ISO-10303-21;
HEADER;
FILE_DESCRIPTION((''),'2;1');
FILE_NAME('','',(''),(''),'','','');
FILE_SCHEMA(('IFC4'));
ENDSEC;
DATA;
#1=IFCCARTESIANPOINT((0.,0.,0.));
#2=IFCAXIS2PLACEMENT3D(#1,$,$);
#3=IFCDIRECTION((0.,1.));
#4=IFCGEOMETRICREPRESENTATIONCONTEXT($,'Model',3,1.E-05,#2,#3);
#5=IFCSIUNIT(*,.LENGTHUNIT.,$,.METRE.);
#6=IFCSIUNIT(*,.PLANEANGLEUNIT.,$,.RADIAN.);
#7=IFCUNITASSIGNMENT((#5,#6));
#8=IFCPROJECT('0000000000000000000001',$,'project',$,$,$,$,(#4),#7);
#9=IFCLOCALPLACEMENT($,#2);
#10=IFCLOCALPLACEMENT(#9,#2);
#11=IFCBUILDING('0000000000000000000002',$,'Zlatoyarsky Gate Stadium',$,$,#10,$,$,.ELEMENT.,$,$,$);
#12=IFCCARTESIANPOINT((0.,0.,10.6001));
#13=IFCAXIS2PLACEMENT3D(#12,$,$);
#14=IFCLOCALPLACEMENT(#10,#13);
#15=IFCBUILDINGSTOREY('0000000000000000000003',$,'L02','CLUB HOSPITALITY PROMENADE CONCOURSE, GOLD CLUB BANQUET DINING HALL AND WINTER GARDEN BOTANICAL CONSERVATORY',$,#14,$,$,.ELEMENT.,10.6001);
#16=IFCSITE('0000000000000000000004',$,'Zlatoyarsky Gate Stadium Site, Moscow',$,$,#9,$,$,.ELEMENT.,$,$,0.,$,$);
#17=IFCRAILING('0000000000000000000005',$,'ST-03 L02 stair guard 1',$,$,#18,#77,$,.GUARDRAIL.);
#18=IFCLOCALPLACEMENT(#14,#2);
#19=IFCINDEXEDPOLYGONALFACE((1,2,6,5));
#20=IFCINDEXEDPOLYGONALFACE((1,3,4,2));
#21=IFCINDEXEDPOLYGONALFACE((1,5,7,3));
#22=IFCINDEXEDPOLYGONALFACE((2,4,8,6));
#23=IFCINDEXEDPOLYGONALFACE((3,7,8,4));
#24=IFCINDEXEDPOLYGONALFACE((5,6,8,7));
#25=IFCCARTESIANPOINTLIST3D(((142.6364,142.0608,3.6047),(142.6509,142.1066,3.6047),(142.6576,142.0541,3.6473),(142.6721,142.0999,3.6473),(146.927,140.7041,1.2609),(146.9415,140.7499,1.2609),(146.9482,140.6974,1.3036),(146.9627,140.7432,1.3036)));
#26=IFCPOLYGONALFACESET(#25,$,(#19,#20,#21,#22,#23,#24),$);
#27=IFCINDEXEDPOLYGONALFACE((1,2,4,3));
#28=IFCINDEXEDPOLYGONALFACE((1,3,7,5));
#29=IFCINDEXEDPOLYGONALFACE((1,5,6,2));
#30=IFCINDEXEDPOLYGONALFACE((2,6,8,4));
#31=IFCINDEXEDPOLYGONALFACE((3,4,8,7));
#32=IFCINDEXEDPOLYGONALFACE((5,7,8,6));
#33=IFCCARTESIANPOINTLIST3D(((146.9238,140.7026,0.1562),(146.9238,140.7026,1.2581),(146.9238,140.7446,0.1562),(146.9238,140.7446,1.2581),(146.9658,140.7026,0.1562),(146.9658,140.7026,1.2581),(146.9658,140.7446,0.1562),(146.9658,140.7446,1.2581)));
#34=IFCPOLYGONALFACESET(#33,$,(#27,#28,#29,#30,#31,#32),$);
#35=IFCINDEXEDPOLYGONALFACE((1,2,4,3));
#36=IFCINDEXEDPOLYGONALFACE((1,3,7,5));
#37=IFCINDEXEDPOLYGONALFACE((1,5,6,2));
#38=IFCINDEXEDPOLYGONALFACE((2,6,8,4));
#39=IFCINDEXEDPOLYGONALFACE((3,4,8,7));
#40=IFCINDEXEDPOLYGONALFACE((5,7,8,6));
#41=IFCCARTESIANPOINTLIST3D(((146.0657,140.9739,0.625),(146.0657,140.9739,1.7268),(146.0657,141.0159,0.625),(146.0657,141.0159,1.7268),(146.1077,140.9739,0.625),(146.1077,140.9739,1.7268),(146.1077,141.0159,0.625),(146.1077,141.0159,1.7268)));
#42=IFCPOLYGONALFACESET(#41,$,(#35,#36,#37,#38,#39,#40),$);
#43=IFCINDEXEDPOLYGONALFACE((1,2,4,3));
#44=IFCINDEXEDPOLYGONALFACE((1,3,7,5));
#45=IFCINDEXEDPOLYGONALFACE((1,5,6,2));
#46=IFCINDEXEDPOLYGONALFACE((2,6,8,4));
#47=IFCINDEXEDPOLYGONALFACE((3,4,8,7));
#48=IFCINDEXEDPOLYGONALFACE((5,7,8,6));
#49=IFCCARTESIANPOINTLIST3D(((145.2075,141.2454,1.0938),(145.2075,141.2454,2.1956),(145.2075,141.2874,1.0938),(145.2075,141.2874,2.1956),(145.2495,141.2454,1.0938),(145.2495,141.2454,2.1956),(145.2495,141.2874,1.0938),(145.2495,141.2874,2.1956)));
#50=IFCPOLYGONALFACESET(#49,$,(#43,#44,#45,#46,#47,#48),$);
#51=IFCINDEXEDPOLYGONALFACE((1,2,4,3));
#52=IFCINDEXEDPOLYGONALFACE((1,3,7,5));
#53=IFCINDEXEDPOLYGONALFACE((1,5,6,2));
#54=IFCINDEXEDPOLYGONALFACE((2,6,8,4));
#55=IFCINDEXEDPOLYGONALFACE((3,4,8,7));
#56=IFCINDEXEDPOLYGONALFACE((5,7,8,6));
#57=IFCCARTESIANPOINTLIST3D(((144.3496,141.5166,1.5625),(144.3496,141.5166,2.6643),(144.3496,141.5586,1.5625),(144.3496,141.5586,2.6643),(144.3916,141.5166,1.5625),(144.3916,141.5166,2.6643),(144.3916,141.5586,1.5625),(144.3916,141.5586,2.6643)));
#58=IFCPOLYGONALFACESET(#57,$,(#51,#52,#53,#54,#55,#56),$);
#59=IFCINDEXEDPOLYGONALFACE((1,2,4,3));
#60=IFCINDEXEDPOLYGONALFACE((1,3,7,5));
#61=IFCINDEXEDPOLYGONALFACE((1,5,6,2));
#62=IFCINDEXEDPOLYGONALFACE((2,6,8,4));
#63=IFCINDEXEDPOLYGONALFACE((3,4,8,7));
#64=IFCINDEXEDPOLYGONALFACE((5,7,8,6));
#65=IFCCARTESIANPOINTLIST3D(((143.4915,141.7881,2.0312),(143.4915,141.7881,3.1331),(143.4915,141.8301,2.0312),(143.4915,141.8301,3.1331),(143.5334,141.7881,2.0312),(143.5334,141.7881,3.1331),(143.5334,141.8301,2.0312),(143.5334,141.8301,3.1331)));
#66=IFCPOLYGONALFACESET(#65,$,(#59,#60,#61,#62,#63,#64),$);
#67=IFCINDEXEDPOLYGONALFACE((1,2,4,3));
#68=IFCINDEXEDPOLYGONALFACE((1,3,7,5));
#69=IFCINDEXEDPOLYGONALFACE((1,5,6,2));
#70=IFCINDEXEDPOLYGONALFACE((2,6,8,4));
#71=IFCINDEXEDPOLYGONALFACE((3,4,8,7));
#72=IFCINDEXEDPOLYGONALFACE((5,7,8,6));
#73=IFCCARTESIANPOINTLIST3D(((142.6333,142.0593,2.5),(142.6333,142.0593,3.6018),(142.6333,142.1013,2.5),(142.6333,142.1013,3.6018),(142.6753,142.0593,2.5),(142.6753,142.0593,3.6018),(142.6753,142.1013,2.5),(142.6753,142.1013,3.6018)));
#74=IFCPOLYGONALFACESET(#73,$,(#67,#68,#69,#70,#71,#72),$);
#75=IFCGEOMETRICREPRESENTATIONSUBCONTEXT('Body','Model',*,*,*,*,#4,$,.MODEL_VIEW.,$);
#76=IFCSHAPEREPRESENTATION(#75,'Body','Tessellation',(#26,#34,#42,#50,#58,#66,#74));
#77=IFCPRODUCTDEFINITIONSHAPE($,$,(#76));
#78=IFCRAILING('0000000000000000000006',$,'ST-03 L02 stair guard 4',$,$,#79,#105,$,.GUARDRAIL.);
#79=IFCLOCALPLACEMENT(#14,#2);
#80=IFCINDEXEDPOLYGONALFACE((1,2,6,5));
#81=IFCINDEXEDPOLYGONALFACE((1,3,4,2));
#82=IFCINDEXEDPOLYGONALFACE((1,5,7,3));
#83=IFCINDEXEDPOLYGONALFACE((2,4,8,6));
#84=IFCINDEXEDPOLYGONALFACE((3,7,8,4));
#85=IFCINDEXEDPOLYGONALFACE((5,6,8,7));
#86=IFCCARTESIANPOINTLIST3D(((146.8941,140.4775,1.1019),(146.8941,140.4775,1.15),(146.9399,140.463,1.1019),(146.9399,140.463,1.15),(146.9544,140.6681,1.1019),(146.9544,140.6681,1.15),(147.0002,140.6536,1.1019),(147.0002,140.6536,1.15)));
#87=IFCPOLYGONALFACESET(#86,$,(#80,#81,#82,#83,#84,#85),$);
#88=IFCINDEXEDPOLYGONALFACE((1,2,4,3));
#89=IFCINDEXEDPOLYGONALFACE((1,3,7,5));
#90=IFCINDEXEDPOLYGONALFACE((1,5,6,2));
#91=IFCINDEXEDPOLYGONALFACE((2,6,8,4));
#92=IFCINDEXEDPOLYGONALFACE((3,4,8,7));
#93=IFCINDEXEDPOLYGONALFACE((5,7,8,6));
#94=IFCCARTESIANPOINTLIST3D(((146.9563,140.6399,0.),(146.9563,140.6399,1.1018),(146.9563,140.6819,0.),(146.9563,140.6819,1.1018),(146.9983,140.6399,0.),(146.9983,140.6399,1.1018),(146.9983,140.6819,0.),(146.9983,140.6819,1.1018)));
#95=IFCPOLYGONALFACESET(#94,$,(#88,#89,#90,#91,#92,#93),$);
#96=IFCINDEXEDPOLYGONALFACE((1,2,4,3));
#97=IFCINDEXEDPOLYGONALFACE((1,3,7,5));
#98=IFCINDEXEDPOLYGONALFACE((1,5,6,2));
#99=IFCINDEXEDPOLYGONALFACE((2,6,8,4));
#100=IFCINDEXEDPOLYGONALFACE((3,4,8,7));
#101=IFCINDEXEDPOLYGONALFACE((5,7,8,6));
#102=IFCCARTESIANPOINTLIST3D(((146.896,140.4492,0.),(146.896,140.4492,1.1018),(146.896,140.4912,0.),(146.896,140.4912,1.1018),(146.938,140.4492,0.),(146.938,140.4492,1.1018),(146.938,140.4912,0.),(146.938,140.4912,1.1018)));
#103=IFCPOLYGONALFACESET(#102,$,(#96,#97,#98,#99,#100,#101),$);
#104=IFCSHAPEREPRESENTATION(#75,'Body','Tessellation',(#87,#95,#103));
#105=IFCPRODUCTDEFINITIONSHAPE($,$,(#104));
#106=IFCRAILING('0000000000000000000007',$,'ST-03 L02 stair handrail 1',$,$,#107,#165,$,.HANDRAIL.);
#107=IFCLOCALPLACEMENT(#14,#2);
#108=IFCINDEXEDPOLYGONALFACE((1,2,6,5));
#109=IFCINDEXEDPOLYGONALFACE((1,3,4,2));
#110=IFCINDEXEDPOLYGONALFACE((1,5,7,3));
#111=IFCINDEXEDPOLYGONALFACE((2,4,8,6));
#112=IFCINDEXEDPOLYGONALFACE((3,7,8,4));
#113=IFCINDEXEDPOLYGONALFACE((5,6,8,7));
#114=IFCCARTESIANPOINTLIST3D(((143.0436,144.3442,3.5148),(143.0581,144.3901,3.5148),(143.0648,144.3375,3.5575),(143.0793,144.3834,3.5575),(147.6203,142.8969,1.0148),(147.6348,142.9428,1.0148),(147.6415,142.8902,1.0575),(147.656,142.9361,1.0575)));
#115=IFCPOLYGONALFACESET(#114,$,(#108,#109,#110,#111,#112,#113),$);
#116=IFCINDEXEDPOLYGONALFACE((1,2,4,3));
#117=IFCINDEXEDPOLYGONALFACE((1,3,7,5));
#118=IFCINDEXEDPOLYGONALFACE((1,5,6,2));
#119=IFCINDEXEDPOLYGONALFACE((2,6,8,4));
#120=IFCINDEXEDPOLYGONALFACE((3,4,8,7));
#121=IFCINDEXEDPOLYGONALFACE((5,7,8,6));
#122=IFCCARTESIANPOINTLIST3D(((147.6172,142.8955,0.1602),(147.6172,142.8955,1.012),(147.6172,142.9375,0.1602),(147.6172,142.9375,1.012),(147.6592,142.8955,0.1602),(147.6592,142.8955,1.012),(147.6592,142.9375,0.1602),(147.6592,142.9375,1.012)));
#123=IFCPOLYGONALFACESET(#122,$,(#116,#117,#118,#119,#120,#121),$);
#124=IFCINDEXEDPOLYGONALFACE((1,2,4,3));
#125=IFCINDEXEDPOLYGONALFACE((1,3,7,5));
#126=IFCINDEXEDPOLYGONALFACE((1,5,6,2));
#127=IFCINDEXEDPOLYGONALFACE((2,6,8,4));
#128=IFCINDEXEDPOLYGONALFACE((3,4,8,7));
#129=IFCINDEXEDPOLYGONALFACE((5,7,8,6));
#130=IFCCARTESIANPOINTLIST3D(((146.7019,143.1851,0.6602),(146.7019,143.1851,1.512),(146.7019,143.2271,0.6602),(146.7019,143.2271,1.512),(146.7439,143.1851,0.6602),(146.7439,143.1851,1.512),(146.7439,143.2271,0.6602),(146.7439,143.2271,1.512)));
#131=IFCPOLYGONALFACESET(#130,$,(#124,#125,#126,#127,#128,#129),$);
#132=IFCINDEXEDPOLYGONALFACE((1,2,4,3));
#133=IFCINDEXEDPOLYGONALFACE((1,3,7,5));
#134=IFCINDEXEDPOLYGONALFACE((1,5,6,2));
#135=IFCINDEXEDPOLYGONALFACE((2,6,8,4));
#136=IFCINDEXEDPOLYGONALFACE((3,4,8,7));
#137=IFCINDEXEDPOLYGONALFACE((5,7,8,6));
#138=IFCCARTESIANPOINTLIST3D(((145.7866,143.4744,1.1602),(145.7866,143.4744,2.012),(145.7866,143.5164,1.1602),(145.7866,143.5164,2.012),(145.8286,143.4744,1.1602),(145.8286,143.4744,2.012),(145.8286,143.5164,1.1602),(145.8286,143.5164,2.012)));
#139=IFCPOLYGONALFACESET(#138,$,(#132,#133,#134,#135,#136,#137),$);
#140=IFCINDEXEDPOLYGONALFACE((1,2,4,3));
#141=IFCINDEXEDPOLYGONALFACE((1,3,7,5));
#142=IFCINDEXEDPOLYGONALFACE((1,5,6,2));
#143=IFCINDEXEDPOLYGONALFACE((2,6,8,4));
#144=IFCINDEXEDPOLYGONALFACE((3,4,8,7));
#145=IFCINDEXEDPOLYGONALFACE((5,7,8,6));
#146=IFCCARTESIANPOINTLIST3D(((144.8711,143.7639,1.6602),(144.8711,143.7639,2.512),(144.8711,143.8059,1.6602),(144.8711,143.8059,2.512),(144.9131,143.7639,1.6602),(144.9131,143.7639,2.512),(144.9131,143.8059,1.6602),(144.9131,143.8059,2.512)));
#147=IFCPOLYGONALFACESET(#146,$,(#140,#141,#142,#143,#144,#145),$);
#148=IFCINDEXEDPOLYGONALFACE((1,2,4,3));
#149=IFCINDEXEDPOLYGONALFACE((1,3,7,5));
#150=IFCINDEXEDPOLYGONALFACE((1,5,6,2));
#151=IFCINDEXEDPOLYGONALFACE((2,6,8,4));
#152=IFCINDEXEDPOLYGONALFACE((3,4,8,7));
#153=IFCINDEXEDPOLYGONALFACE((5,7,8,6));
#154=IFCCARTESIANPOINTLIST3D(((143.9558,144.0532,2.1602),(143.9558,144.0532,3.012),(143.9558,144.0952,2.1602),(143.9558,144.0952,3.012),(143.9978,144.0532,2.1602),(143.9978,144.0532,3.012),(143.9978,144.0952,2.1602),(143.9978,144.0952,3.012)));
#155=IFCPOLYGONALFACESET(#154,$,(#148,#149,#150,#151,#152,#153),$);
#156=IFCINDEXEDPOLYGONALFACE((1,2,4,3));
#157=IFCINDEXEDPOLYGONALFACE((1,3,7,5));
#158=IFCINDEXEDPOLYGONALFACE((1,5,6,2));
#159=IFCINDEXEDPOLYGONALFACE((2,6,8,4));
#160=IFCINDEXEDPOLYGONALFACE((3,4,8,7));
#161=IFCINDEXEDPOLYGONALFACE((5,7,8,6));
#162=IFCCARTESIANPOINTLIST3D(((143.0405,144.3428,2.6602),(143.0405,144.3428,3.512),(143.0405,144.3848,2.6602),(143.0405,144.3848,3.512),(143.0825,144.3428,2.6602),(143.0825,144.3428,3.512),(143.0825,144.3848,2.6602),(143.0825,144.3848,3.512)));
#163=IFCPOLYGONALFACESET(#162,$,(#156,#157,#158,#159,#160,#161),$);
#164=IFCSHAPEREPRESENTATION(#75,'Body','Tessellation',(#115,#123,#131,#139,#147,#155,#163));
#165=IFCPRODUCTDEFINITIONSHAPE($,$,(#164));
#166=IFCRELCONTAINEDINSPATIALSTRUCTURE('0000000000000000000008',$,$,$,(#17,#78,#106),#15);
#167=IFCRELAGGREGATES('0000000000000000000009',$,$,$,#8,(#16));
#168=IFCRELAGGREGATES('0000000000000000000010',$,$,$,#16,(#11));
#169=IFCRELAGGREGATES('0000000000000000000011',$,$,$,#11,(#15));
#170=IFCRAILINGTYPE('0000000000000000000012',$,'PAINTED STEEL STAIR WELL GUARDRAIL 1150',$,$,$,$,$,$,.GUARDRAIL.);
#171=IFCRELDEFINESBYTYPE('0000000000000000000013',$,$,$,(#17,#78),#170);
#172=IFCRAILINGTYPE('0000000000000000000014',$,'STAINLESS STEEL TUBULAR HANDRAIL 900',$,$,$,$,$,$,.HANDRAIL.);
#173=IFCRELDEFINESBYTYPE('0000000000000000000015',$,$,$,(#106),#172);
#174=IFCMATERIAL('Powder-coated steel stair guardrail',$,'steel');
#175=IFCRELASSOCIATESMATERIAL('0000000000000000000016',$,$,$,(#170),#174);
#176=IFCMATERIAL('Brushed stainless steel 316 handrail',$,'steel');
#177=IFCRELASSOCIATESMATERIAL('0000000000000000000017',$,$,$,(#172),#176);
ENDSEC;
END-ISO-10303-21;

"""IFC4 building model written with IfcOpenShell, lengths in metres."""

from ifc_helpers import new_model, si_unit, direction, frame, origin, origin_2d, place, context, subcontext, project, spatial, rectangle, extrude, material, type_object, element, save


model = new_model("IFC4")

# Units and contexts
model_context = context("Model", 3, precision=1e-05, world=origin(), true_north=direction((0.0, 1.0)))
body_context = subcontext(model_context, "Body", "Model", "MODEL_VIEW")
ifc_project = project(units=[si_unit("LENGTHUNIT", "METRE"), si_unit("PLANEANGLEUNIT", "RADIAN")], contexts=[model_context])

# Site, building, storey
site_placement = place(None, origin())
site = spatial("IfcSite", under=ifc_project, at=site_placement, Name="Zlatoyarsky Gate Stadium Site, Moscow", CompositionType="ELEMENT", RefElevation=0.0)
building_placement = place(site_placement, origin())
building = spatial("IfcBuilding", under=site, at=building_placement, Name="Zlatoyarsky Gate Stadium", CompositionType="ELEMENT")
storey_placement = place(building_placement, frame((0.0, 0.0, 10.6001)))
storey = spatial("IfcBuildingStorey", under=building, at=storey_placement, Name="L02", Description="CLUB HOSPITALITY PROMENADE CONCOURSE, GOLD CLUB BANQUET DINING HALL AND WINTER GARDEN BOTANICAL CONSERVATORY", CompositionType="ELEMENT", Elevation=10.6001)

# Railings
ifc_material_1 = material(Name="Powder-coated steel stair guardrail", Category="steel")
railing_type_1 = type_object("IfcRailingType", Name="PAINTED STEEL STAIR WELL GUARDRAIL 1150", PredefinedType="GUARDRAIL", material=ifc_material_1)
railing_1_placement = place(storey_placement, frame((146.9448, 140.7236, 0.1562)))
element("IfcRailing", 1, at=railing_1_placement, inside=storey, type_object=railing_type_1, Name="ST-03 L02 stair guard 1", PredefinedType="GUARDRAIL", context=body_context, shape_type="SweptSolid", body=[
    extrude(rectangle(XDim=0.0481, YDim=0.0481, at=origin_2d()), frame((0.0, 0.0, 1.126), z_axis=(-0.845641, 0.267397, 0.461941), x_axis=(-0.301492, -0.953469, 0.0)), (0.0, 0.0, 1.0), 5.0737),
    extrude(rectangle(XDim=0.042, YDim=0.042, at=origin_2d()), origin(), (0.0, 0.0, 1.0), 1.1018),
    extrude(rectangle(XDim=0.042, YDim=0.042, at=origin_2d()), frame((-0.8582, 0.2712, 0.4688)), (0.0, 0.0, 1.0), 1.1018),
    extrude(rectangle(XDim=0.042, YDim=0.042, at=origin_2d()), frame((-1.7163, 0.5427, 0.9375)), (0.0, 0.0, 1.0), 1.1018),
    extrude(rectangle(XDim=0.042, YDim=0.042, at=origin_2d()), frame((-2.5742, 0.814, 1.4062)), (0.0, 0.0, 1.0), 1.1018),
    extrude(rectangle(XDim=0.042, YDim=0.042, at=origin_2d()), frame((-3.4324, 1.0854, 1.875)), (0.0, 0.0, 1.0), 1.1018),
    extrude(rectangle(XDim=0.042, YDim=0.042, at=origin_2d()), frame((-4.2905, 1.3567, 2.3438)), (0.0, 0.0, 1.0), 1.1018),
])
railing_2_placement = place(storey_placement, frame((146.9773, 140.6609, 0.0)))
element("IfcRailing", 2, at=railing_2_placement, inside=storey, type_object=railing_type_1, Name="ST-03 L02 stair guard 4", PredefinedType="GUARDRAIL", context=body_context, shape_type="SweptSolid", body=[
    extrude(rectangle(XDim=0.0481, YDim=0.0481, at=origin_2d()), frame((0.0, 0.0, 1.126), z_axis=(-0.30154, -0.953453, 0.0), x_axis=(0.953453, -0.30154, 0.0)), (0.0, 0.0, 1.0), 0.2),
    extrude(rectangle(XDim=0.042, YDim=0.042, at=origin_2d()), origin(), (0.0, 0.0, 1.0), 1.1018),
    extrude(rectangle(XDim=0.042, YDim=0.042, at=origin_2d()), frame((-0.0603, -0.1907, 0.0)), (0.0, 0.0, 1.0), 1.1018),
])
ifc_material_2 = material(Name="Brushed stainless steel 316 handrail", Category="steel")
railing_type_2 = type_object("IfcRailingType", Name="STAINLESS STEEL TUBULAR HANDRAIL 900", PredefinedType="HANDRAIL", material=ifc_material_2)
railing_3_placement = place(storey_placement, frame((147.6382, 142.9165, 0.1602)))
element("IfcRailing", 3, at=railing_3_placement, inside=storey, type_object=railing_type_2, Name="ST-03 L02 stair handrail 1", PredefinedType="HANDRAIL", context=body_context, shape_type="SweptSolid", body=[
    extrude(rectangle(XDim=0.0481, YDim=0.0481, at=origin_2d()), frame((0.0, 0.0, 0.876), z_axis=(-0.845641, 0.267415, 0.461931), x_axis=(-0.301511, -0.953463, 0.0)), (0.0, 0.0, 1.0), 5.4121),
    extrude(rectangle(XDim=0.042, YDim=0.042, at=origin_2d()), origin(), (0.0, 0.0, 1.0), 0.8518),
    extrude(rectangle(XDim=0.042, YDim=0.042, at=origin_2d()), frame((-0.9153, 0.2896, 0.5)), (0.0, 0.0, 1.0), 0.8518),
    extrude(rectangle(XDim=0.042, YDim=0.042, at=origin_2d()), frame((-1.8306, 0.5789, 1.0)), (0.0, 0.0, 1.0), 0.8518),
    extrude(rectangle(XDim=0.042, YDim=0.042, at=origin_2d()), frame((-2.7461, 0.8684, 1.5)), (0.0, 0.0, 1.0), 0.8518),
    extrude(rectangle(XDim=0.042, YDim=0.042, at=origin_2d()), frame((-3.6614, 1.1577, 2.0)), (0.0, 0.0, 1.0), 0.8518),
    extrude(rectangle(XDim=0.042, YDim=0.042, at=origin_2d()), frame((-4.5767, 1.4473, 2.5)), (0.0, 0.0, 1.0), 0.8518),
])

save(model, "model.ifc")
